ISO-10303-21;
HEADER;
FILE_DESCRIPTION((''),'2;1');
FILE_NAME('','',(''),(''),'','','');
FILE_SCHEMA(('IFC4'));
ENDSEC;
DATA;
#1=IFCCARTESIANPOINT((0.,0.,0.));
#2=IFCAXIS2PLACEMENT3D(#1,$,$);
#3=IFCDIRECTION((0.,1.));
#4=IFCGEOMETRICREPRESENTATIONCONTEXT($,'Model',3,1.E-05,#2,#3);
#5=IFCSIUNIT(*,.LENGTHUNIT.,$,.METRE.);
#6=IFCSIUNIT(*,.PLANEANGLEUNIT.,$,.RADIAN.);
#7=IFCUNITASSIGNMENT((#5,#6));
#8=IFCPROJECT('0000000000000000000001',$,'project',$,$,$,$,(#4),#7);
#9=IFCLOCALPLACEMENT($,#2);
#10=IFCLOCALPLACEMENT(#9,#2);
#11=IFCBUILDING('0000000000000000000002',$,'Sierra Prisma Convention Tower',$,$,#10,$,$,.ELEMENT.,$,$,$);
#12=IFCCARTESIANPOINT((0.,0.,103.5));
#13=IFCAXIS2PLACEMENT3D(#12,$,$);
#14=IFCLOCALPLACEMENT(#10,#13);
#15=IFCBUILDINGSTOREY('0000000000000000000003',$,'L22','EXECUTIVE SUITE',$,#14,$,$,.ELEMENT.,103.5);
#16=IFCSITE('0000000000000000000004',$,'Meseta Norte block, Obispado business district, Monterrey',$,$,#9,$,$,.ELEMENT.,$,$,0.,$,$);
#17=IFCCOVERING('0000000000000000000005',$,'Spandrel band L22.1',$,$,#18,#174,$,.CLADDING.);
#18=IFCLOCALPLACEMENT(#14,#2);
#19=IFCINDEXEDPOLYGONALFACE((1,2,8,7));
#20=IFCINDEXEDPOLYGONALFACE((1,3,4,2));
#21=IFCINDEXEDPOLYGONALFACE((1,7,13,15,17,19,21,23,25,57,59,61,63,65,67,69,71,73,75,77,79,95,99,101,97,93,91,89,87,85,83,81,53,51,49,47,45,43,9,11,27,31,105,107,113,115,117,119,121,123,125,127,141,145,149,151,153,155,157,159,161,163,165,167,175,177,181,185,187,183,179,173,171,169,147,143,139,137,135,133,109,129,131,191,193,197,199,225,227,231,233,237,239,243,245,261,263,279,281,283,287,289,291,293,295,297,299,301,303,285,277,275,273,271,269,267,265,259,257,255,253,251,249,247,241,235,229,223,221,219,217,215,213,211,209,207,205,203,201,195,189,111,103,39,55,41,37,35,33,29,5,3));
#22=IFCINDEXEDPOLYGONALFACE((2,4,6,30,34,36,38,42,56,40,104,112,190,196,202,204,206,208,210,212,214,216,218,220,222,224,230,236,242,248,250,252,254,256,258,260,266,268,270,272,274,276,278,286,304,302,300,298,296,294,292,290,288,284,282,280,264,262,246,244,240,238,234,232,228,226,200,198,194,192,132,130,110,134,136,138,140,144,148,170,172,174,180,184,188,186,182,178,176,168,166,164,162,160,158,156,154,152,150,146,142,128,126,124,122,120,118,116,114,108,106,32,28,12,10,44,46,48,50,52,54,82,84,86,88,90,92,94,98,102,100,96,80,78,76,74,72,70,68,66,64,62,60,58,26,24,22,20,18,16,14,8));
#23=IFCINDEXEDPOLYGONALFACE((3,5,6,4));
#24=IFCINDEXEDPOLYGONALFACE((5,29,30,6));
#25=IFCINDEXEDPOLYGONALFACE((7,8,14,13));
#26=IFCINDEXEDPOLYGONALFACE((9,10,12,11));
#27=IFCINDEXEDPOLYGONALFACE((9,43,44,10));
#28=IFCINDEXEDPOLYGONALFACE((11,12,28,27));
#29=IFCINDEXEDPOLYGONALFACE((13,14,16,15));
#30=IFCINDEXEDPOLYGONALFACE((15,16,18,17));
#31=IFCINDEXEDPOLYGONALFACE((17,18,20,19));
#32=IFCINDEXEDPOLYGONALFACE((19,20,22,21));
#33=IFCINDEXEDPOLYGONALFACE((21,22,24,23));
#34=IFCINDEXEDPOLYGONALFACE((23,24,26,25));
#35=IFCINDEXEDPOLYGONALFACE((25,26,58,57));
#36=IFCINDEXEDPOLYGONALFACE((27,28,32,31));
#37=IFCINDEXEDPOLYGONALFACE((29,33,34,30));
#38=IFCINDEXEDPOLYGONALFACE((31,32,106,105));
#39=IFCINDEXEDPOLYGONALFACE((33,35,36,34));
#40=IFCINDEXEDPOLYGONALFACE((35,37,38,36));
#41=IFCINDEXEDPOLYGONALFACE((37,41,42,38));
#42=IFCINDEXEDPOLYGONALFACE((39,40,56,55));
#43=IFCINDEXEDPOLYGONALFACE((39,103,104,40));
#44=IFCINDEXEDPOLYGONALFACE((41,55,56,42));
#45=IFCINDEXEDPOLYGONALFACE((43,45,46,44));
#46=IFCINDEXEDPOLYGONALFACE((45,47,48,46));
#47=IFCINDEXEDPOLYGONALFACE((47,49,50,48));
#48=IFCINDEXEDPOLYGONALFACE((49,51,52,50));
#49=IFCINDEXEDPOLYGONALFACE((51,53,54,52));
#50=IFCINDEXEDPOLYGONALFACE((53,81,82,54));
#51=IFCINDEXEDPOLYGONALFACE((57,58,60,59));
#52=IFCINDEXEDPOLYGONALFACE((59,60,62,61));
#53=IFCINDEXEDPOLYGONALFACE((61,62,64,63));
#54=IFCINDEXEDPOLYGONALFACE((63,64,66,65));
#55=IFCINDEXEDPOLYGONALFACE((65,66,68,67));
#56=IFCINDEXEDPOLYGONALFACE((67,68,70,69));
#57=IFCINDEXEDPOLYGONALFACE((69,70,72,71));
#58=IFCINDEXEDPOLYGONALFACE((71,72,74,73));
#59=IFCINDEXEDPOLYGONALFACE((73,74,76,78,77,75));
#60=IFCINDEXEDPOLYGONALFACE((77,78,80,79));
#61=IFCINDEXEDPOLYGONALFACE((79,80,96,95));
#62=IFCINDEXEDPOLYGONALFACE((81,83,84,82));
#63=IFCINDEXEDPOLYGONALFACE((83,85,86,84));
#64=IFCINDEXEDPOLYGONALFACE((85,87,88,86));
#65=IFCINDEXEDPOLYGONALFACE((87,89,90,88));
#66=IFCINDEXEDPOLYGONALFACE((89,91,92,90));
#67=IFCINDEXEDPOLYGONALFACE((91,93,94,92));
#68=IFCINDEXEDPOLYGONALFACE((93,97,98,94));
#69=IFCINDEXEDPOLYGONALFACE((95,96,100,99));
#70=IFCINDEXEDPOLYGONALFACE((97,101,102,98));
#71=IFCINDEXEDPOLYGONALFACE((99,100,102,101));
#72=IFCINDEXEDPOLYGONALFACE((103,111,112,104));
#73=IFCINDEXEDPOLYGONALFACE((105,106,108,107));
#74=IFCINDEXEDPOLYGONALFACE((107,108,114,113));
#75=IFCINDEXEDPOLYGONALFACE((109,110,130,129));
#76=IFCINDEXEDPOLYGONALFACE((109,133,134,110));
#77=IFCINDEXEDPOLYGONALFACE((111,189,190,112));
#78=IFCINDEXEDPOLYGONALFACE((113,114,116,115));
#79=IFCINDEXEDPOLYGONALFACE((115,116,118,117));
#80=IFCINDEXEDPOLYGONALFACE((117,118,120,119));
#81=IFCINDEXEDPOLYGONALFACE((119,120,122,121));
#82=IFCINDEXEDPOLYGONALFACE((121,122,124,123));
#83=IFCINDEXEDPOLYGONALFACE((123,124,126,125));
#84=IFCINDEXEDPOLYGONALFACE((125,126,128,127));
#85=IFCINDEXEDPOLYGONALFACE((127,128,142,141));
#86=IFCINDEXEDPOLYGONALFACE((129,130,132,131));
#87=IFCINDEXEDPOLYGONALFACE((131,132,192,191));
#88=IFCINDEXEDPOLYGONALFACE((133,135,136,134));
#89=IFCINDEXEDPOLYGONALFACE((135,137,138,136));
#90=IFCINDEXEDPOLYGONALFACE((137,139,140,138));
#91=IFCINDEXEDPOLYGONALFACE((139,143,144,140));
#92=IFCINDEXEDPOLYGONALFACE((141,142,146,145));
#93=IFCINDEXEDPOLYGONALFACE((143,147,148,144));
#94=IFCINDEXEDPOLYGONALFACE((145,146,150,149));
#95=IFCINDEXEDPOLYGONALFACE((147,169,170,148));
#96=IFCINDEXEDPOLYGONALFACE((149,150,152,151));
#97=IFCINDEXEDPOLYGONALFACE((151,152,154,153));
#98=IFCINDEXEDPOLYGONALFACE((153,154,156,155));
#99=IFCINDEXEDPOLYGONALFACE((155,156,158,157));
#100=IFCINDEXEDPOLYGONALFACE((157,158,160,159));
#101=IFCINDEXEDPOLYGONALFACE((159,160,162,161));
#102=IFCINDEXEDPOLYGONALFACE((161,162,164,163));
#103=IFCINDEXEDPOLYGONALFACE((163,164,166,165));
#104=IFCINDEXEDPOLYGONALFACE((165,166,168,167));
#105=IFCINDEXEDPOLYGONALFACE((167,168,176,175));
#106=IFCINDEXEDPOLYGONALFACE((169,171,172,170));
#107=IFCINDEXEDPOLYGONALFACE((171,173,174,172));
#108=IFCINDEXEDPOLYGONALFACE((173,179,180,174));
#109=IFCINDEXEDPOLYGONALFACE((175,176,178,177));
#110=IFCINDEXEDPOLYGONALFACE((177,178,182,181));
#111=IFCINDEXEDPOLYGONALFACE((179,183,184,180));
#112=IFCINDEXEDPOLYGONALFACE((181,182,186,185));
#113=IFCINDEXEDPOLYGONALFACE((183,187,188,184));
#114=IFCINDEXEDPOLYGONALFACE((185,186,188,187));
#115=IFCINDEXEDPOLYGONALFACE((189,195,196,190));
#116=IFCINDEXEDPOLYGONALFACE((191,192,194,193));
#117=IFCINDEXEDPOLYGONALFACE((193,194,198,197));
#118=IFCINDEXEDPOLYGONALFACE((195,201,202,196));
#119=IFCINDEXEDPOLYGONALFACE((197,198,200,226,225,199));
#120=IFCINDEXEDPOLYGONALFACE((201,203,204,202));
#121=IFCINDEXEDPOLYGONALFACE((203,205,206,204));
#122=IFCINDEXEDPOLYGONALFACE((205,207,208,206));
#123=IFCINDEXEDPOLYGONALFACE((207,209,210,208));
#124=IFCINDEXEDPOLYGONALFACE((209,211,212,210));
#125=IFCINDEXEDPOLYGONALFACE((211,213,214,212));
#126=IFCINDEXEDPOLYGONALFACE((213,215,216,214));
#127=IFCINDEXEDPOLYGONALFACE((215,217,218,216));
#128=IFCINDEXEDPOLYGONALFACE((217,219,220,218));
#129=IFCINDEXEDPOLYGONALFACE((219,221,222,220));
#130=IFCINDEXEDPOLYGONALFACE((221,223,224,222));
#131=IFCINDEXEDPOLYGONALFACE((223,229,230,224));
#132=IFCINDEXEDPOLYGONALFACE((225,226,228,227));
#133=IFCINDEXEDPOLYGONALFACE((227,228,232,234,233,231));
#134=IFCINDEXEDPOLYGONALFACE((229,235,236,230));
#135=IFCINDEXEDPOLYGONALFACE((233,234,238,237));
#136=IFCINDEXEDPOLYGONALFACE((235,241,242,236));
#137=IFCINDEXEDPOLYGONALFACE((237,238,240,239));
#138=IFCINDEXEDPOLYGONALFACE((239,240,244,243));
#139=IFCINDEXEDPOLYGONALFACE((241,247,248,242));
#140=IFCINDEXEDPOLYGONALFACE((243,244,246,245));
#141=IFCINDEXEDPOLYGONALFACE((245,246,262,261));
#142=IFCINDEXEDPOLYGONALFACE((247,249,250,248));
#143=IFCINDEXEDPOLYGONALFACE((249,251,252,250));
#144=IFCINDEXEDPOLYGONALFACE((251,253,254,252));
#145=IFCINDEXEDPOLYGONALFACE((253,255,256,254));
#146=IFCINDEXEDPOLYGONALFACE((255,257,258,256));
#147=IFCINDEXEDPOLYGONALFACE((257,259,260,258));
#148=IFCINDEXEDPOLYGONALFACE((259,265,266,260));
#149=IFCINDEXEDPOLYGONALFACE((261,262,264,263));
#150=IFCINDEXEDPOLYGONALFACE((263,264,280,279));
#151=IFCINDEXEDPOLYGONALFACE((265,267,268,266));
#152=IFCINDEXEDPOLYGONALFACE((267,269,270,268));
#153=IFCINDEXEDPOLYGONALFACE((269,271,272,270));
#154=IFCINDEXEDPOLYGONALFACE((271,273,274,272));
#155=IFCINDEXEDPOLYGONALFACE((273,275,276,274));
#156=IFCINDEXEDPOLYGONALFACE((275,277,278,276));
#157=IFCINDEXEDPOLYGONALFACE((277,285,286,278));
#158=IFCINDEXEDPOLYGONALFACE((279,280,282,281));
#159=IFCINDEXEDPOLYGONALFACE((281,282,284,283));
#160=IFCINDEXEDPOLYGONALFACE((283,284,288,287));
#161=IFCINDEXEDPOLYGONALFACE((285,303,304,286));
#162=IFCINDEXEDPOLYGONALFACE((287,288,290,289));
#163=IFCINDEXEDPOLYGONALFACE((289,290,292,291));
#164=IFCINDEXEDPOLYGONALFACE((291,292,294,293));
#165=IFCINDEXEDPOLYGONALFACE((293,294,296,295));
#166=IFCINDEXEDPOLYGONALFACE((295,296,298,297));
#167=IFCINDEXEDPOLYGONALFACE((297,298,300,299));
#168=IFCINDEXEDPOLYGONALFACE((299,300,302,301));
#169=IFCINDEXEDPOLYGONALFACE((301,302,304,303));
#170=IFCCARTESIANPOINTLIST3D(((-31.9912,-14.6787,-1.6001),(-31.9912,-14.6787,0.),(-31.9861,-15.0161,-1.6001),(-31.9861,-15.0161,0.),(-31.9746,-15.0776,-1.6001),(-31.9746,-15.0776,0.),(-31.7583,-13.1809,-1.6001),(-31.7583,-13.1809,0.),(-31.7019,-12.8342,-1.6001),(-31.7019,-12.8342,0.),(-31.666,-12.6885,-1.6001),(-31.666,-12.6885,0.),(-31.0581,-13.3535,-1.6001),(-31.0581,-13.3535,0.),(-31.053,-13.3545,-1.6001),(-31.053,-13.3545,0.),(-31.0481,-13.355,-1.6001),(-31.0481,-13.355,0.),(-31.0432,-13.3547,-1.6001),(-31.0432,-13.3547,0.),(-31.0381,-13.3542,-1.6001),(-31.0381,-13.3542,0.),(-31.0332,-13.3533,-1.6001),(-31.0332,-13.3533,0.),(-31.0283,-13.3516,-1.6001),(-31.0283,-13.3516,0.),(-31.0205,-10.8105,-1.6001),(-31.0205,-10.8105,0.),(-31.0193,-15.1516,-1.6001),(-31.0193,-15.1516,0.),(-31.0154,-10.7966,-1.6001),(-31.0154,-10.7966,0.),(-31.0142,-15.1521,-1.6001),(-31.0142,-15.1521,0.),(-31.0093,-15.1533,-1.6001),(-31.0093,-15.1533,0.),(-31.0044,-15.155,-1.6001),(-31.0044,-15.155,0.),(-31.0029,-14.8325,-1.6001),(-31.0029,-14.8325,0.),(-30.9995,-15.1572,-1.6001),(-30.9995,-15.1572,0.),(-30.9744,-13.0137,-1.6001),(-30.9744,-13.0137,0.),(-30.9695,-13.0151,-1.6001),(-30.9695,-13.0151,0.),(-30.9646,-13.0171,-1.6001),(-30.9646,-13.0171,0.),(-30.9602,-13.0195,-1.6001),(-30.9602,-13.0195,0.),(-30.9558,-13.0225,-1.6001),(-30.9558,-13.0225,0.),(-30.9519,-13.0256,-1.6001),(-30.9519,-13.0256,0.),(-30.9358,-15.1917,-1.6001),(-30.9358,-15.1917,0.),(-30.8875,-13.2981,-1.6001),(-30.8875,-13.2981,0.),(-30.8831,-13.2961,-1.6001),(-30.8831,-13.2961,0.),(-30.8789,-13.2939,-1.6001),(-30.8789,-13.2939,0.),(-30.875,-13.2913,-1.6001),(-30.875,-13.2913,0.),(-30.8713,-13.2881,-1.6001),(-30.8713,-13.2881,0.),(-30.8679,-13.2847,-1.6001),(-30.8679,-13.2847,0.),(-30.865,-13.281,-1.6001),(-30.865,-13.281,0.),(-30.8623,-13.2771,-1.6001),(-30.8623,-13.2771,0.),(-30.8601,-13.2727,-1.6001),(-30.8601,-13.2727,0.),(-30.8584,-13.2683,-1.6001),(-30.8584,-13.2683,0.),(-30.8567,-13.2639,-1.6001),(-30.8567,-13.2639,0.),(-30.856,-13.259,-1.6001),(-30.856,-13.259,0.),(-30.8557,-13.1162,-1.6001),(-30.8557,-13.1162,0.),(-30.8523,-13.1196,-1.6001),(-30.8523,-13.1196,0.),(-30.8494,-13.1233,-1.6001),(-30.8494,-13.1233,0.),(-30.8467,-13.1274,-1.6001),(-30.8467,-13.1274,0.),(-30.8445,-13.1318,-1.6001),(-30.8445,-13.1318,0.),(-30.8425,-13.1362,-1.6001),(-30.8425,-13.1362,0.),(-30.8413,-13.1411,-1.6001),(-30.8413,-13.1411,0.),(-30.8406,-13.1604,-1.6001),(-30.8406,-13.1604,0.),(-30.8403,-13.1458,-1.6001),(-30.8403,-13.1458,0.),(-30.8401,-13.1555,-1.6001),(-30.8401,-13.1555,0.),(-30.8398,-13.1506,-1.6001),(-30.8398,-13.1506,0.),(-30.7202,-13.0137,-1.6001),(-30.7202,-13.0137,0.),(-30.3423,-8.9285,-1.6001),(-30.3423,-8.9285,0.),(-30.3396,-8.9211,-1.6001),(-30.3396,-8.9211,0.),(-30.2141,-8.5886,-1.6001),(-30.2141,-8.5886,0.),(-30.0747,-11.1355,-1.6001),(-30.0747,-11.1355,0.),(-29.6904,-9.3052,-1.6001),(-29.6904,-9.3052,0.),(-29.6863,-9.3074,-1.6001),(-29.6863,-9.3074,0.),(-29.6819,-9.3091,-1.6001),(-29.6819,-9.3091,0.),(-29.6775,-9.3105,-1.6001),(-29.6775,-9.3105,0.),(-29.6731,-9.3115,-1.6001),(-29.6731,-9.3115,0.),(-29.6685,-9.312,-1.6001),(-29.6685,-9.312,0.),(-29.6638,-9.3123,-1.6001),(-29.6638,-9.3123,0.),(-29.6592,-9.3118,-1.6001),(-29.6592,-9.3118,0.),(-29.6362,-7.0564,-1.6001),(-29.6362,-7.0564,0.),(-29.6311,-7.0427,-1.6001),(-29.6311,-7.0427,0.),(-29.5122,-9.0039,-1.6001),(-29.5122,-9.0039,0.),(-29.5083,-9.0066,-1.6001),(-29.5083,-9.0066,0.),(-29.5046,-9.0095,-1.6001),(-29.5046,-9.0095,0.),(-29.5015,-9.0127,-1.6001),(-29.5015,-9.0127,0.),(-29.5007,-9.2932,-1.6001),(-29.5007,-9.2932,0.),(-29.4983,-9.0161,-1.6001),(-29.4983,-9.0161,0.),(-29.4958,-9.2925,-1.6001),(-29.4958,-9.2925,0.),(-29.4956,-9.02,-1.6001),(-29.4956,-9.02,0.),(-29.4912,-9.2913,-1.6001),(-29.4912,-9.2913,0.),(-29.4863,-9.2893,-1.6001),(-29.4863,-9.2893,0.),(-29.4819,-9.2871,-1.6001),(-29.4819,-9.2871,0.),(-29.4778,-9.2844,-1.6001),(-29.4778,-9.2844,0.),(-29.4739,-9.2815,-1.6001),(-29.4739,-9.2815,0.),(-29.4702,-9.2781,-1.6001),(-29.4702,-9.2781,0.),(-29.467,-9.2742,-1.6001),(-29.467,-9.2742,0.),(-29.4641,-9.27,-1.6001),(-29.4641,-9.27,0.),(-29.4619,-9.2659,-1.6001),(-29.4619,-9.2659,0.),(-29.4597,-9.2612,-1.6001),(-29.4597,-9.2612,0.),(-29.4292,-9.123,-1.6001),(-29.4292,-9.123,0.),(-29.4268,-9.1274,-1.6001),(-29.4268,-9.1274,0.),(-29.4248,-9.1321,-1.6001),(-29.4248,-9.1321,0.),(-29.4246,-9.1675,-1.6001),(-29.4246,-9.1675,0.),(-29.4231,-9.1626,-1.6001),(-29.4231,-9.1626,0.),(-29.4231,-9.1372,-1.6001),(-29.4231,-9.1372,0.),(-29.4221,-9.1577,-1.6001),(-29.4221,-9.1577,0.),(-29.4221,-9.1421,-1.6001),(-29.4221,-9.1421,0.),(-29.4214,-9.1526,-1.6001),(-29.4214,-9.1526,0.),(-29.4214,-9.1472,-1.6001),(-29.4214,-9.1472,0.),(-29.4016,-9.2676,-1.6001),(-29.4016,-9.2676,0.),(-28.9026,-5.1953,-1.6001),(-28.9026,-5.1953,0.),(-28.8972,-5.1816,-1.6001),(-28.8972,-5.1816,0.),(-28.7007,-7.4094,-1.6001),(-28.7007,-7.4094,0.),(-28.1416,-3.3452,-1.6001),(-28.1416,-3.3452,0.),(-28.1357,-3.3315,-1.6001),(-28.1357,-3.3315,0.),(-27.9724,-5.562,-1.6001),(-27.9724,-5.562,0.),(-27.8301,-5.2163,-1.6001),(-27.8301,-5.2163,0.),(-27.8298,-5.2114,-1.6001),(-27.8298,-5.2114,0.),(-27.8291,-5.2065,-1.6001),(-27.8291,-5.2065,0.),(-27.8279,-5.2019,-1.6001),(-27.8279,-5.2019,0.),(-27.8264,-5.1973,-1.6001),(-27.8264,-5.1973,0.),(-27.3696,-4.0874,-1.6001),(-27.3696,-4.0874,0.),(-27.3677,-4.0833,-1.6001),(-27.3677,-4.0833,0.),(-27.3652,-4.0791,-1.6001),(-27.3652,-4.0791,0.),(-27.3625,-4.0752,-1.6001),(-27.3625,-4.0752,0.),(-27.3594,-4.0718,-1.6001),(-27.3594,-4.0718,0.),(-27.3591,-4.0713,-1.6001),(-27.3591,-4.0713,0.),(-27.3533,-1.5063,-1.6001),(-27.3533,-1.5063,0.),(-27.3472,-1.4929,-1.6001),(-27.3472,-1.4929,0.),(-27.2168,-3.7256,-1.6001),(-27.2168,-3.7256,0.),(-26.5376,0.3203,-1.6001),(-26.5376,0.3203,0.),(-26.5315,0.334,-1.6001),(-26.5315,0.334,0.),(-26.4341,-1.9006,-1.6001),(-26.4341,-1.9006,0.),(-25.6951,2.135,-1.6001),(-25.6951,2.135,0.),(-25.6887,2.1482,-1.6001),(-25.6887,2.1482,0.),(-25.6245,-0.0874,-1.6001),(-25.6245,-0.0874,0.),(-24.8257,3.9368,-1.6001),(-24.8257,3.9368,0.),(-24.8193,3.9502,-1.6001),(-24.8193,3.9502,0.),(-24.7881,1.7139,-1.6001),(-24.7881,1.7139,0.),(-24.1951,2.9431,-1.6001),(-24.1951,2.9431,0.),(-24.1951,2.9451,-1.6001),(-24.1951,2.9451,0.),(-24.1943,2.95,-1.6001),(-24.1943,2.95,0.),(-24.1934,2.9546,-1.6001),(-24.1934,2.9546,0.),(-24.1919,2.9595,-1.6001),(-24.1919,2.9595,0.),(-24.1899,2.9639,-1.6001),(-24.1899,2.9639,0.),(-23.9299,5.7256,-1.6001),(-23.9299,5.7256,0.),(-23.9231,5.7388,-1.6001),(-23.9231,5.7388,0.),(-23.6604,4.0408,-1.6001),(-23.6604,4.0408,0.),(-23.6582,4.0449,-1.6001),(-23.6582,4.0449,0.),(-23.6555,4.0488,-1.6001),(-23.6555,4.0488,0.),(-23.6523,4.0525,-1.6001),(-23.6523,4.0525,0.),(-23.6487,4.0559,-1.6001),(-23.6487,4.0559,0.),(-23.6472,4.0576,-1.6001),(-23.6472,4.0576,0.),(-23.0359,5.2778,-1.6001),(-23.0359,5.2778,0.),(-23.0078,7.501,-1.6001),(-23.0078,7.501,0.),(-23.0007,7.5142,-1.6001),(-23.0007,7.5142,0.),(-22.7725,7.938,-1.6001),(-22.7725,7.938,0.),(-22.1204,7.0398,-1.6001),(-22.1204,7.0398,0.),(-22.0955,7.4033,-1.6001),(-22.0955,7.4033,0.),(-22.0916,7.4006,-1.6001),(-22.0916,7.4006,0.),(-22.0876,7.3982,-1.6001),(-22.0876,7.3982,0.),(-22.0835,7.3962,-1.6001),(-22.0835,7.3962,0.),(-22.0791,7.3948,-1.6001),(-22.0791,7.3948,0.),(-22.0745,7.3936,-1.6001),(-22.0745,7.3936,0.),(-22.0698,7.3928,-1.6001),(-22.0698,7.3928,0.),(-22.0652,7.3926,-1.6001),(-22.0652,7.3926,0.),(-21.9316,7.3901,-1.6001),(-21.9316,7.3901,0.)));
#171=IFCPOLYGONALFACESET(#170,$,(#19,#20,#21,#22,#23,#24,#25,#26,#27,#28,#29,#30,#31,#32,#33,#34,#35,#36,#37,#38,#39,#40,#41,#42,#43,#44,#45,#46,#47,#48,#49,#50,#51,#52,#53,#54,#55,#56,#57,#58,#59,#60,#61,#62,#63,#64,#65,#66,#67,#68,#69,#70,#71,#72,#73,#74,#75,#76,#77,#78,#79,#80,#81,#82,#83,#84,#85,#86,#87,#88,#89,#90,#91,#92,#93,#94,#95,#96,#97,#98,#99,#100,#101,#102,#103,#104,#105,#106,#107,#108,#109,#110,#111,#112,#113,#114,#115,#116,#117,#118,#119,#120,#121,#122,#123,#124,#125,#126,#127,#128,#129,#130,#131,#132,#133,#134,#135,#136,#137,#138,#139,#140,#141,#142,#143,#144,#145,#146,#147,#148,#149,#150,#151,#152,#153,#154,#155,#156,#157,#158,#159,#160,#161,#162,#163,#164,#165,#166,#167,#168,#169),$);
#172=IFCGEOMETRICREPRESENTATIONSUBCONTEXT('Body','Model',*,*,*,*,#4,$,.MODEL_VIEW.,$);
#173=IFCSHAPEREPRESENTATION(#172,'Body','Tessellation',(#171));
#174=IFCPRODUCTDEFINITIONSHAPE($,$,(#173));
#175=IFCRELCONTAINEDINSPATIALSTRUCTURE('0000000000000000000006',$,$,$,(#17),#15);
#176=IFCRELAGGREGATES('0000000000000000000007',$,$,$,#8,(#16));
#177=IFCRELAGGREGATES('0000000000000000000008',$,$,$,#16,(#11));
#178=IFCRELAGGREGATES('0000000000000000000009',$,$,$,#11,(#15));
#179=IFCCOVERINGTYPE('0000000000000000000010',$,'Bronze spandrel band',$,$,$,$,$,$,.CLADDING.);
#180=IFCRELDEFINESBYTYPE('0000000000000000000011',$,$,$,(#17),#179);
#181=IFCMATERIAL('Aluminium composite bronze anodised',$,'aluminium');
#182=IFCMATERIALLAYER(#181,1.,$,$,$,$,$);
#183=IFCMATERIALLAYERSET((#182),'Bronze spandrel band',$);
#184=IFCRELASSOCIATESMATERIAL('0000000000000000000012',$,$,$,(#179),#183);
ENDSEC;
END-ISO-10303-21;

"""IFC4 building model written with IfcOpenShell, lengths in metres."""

from ifc_helpers import new_model, si_unit, direction, frame, origin, place, context, subcontext, project, spatial, polyline, outline, extrude, material, layer, layer_set, type_object, element, save


model = new_model("IFC4")

# Units and contexts
model_context = context("Model", 3, precision=1e-05, world=origin(), true_north=direction((0.0, 1.0)))
body_context = subcontext(model_context, "Body", "Model", "MODEL_VIEW")
ifc_project = project(units=[si_unit("LENGTHUNIT", "METRE"), si_unit("PLANEANGLEUNIT", "RADIAN")], contexts=[model_context])

# Site, building, storey
site_placement = place(None, origin())
site = spatial("IfcSite", under=ifc_project, at=site_placement, Name="Meseta Norte block, Obispado business district, Monterrey", CompositionType="ELEMENT", RefElevation=0.0)
building_placement = place(site_placement, origin())
building = spatial("IfcBuilding", under=site, at=building_placement, Name="Sierra Prisma Convention Tower", CompositionType="ELEMENT")
storey_placement = place(building_placement, frame((0.0, 0.0, 103.5)))
storey = spatial("IfcBuildingStorey", under=building, at=storey_placement, Name="L22", Description="EXECUTIVE SUITE", CompositionType="ELEMENT", Elevation=103.5)

# Covering
ifc_material_1 = material(Name="Aluminium composite bronze anodised", Category="aluminium")
ifc_layer_1 = layer(ifc_material_1, 1.0)
ifc_layer_set_1 = layer_set([ifc_layer_1], Name="Bronze spandrel band")
covering_type_1 = type_object("IfcCoveringType", Name="Bronze spandrel band", PredefinedType="CLADDING", material=ifc_layer_set_1)
covering_1_placement = place(storey_placement, frame((0.0, 0.0, -1.6001)))
element("IfcCovering", 1, at=covering_1_placement, inside=storey, type_object=covering_type_1, Name="Spandrel band L22.1", PredefinedType="CLADDING", context=body_context, shape_type="SweptSolid", body=[
    extrude(outline(polyline([(-22.0745, 7.3936), (-22.0698, 7.3928), (-22.0652, 7.3926), (-21.9316, 7.3901), (-22.1204, 7.0398), (-23.0359, 5.2778), (-23.6472, 4.0576), (-23.6487, 4.0559), (-23.6523, 4.0525), (-23.6555, 4.0488), (-23.6582, 4.0449), (-23.6604, 4.0408), (-24.1899, 2.9639), (-24.1919, 2.9595), (-24.1934, 2.9546), (-24.1943, 2.95), (-24.1951, 2.9451), (-24.1951, 2.9431), (-24.7881, 1.7139), (-25.6245, -0.0874), (-26.4341, -1.9006), (-27.2168, -3.7256), (-27.3591, -4.0713), (-27.3594, -4.0718), (-27.3625, -4.0752), (-27.3652, -4.0791), (-27.3677, -4.0833), (-27.3696, -4.0874), (-27.8264, -5.1973), (-27.8279, -5.2019), (-27.8291, -5.2065), (-27.8298, -5.2114), (-27.8301, -5.2163), (-27.9724, -5.562), (-28.7007, -7.4094), (-29.4016, -9.2676), (-30.0747, -11.1355), (-30.7202, -13.0137), (-31.0029, -14.8325), (-30.9358, -15.1917), (-30.9995, -15.1572), (-31.0044, -15.155), (-31.0093, -15.1533), (-31.0142, -15.1521), (-31.0193, -15.1516), (-31.9746, -15.0776), (-31.9861, -15.0161), (-31.9912, -14.6787), (-31.7583, -13.1809), (-31.0581, -13.3535), (-31.053, -13.3545), (-31.0481, -13.355), (-31.0432, -13.3547), (-31.0381, -13.3542), (-31.0332, -13.3533), (-31.0283, -13.3516), (-30.8875, -13.2981), (-30.8831, -13.2961), (-30.8789, -13.2939), (-30.875, -13.2913), (-30.8713, -13.2881), (-30.8679, -13.2847), (-30.865, -13.281), (-30.8623, -13.2771), (-30.8601, -13.2727), (-30.8584, -13.2683), (-30.8567, -13.2639), (-30.856, -13.259), (-30.8406, -13.1604), (-30.8401, -13.1555), (-30.8398, -13.1506), (-30.8403, -13.1458), (-30.8413, -13.1411), (-30.8425, -13.1362), (-30.8445, -13.1318), (-30.8467, -13.1274), (-30.8494, -13.1233), (-30.8523, -13.1196), (-30.8557, -13.1162), (-30.9519, -13.0256), (-30.9558, -13.0225), (-30.9602, -13.0195), (-30.9646, -13.0171), (-30.9695, -13.0151), (-30.9744, -13.0137), (-31.7019, -12.8342), (-31.666, -12.6885), (-31.0205, -10.8105), (-31.0154, -10.7966), (-30.3423, -8.9285), (-30.3396, -8.9211), (-29.6904, -9.3052), (-29.6863, -9.3074), (-29.6819, -9.3091), (-29.6775, -9.3105), (-29.6731, -9.3115), (-29.6685, -9.312), (-29.6638, -9.3123), (-29.6592, -9.3118), (-29.5007, -9.2932), (-29.4958, -9.2925), (-29.4912, -9.2913), (-29.4863, -9.2893), (-29.4819, -9.2871), (-29.4778, -9.2844), (-29.4739, -9.2815), (-29.4702, -9.2781), (-29.467, -9.2742), (-29.4641, -9.27), (-29.4619, -9.2659), (-29.4597, -9.2612), (-29.4246, -9.1675), (-29.4231, -9.1626), (-29.4221, -9.1577), (-29.4214, -9.1526), (-29.4214, -9.1472), (-29.4221, -9.1421), (-29.4231, -9.1372), (-29.4248, -9.1321), (-29.4268, -9.1274), (-29.4292, -9.123), (-29.4956, -9.02), (-29.4983, -9.0161), (-29.5015, -9.0127), (-29.5046, -9.0095), (-29.5083, -9.0066), (-29.5122, -9.0039), (-30.2141, -8.5886), (-29.6362, -7.0564), (-29.6311, -7.0427), (-28.9026, -5.1953), (-28.8972, -5.1816), (-28.1416, -3.3452), (-28.1357, -3.3315), (-27.3533, -1.5063), (-27.3472, -1.4929), (-26.5376, 0.3203), (-26.5315, 0.334), (-25.6951, 2.135), (-25.6887, 2.1482), (-24.8257, 3.9368), (-24.8193, 3.9502), (-23.9299, 5.7256), (-23.9231, 5.7388), (-23.0078, 7.501), (-23.0007, 7.5142), (-22.7725, 7.938), (-22.0955, 7.4033), (-22.0916, 7.4006), (-22.0876, 7.3982), (-22.0835, 7.3962), (-22.0791, 7.3948), (-22.0745, 7.3936)])), origin(), (0.0, 0.0, 1.0), 1.6001),
])

save(model, "model.ifc")
